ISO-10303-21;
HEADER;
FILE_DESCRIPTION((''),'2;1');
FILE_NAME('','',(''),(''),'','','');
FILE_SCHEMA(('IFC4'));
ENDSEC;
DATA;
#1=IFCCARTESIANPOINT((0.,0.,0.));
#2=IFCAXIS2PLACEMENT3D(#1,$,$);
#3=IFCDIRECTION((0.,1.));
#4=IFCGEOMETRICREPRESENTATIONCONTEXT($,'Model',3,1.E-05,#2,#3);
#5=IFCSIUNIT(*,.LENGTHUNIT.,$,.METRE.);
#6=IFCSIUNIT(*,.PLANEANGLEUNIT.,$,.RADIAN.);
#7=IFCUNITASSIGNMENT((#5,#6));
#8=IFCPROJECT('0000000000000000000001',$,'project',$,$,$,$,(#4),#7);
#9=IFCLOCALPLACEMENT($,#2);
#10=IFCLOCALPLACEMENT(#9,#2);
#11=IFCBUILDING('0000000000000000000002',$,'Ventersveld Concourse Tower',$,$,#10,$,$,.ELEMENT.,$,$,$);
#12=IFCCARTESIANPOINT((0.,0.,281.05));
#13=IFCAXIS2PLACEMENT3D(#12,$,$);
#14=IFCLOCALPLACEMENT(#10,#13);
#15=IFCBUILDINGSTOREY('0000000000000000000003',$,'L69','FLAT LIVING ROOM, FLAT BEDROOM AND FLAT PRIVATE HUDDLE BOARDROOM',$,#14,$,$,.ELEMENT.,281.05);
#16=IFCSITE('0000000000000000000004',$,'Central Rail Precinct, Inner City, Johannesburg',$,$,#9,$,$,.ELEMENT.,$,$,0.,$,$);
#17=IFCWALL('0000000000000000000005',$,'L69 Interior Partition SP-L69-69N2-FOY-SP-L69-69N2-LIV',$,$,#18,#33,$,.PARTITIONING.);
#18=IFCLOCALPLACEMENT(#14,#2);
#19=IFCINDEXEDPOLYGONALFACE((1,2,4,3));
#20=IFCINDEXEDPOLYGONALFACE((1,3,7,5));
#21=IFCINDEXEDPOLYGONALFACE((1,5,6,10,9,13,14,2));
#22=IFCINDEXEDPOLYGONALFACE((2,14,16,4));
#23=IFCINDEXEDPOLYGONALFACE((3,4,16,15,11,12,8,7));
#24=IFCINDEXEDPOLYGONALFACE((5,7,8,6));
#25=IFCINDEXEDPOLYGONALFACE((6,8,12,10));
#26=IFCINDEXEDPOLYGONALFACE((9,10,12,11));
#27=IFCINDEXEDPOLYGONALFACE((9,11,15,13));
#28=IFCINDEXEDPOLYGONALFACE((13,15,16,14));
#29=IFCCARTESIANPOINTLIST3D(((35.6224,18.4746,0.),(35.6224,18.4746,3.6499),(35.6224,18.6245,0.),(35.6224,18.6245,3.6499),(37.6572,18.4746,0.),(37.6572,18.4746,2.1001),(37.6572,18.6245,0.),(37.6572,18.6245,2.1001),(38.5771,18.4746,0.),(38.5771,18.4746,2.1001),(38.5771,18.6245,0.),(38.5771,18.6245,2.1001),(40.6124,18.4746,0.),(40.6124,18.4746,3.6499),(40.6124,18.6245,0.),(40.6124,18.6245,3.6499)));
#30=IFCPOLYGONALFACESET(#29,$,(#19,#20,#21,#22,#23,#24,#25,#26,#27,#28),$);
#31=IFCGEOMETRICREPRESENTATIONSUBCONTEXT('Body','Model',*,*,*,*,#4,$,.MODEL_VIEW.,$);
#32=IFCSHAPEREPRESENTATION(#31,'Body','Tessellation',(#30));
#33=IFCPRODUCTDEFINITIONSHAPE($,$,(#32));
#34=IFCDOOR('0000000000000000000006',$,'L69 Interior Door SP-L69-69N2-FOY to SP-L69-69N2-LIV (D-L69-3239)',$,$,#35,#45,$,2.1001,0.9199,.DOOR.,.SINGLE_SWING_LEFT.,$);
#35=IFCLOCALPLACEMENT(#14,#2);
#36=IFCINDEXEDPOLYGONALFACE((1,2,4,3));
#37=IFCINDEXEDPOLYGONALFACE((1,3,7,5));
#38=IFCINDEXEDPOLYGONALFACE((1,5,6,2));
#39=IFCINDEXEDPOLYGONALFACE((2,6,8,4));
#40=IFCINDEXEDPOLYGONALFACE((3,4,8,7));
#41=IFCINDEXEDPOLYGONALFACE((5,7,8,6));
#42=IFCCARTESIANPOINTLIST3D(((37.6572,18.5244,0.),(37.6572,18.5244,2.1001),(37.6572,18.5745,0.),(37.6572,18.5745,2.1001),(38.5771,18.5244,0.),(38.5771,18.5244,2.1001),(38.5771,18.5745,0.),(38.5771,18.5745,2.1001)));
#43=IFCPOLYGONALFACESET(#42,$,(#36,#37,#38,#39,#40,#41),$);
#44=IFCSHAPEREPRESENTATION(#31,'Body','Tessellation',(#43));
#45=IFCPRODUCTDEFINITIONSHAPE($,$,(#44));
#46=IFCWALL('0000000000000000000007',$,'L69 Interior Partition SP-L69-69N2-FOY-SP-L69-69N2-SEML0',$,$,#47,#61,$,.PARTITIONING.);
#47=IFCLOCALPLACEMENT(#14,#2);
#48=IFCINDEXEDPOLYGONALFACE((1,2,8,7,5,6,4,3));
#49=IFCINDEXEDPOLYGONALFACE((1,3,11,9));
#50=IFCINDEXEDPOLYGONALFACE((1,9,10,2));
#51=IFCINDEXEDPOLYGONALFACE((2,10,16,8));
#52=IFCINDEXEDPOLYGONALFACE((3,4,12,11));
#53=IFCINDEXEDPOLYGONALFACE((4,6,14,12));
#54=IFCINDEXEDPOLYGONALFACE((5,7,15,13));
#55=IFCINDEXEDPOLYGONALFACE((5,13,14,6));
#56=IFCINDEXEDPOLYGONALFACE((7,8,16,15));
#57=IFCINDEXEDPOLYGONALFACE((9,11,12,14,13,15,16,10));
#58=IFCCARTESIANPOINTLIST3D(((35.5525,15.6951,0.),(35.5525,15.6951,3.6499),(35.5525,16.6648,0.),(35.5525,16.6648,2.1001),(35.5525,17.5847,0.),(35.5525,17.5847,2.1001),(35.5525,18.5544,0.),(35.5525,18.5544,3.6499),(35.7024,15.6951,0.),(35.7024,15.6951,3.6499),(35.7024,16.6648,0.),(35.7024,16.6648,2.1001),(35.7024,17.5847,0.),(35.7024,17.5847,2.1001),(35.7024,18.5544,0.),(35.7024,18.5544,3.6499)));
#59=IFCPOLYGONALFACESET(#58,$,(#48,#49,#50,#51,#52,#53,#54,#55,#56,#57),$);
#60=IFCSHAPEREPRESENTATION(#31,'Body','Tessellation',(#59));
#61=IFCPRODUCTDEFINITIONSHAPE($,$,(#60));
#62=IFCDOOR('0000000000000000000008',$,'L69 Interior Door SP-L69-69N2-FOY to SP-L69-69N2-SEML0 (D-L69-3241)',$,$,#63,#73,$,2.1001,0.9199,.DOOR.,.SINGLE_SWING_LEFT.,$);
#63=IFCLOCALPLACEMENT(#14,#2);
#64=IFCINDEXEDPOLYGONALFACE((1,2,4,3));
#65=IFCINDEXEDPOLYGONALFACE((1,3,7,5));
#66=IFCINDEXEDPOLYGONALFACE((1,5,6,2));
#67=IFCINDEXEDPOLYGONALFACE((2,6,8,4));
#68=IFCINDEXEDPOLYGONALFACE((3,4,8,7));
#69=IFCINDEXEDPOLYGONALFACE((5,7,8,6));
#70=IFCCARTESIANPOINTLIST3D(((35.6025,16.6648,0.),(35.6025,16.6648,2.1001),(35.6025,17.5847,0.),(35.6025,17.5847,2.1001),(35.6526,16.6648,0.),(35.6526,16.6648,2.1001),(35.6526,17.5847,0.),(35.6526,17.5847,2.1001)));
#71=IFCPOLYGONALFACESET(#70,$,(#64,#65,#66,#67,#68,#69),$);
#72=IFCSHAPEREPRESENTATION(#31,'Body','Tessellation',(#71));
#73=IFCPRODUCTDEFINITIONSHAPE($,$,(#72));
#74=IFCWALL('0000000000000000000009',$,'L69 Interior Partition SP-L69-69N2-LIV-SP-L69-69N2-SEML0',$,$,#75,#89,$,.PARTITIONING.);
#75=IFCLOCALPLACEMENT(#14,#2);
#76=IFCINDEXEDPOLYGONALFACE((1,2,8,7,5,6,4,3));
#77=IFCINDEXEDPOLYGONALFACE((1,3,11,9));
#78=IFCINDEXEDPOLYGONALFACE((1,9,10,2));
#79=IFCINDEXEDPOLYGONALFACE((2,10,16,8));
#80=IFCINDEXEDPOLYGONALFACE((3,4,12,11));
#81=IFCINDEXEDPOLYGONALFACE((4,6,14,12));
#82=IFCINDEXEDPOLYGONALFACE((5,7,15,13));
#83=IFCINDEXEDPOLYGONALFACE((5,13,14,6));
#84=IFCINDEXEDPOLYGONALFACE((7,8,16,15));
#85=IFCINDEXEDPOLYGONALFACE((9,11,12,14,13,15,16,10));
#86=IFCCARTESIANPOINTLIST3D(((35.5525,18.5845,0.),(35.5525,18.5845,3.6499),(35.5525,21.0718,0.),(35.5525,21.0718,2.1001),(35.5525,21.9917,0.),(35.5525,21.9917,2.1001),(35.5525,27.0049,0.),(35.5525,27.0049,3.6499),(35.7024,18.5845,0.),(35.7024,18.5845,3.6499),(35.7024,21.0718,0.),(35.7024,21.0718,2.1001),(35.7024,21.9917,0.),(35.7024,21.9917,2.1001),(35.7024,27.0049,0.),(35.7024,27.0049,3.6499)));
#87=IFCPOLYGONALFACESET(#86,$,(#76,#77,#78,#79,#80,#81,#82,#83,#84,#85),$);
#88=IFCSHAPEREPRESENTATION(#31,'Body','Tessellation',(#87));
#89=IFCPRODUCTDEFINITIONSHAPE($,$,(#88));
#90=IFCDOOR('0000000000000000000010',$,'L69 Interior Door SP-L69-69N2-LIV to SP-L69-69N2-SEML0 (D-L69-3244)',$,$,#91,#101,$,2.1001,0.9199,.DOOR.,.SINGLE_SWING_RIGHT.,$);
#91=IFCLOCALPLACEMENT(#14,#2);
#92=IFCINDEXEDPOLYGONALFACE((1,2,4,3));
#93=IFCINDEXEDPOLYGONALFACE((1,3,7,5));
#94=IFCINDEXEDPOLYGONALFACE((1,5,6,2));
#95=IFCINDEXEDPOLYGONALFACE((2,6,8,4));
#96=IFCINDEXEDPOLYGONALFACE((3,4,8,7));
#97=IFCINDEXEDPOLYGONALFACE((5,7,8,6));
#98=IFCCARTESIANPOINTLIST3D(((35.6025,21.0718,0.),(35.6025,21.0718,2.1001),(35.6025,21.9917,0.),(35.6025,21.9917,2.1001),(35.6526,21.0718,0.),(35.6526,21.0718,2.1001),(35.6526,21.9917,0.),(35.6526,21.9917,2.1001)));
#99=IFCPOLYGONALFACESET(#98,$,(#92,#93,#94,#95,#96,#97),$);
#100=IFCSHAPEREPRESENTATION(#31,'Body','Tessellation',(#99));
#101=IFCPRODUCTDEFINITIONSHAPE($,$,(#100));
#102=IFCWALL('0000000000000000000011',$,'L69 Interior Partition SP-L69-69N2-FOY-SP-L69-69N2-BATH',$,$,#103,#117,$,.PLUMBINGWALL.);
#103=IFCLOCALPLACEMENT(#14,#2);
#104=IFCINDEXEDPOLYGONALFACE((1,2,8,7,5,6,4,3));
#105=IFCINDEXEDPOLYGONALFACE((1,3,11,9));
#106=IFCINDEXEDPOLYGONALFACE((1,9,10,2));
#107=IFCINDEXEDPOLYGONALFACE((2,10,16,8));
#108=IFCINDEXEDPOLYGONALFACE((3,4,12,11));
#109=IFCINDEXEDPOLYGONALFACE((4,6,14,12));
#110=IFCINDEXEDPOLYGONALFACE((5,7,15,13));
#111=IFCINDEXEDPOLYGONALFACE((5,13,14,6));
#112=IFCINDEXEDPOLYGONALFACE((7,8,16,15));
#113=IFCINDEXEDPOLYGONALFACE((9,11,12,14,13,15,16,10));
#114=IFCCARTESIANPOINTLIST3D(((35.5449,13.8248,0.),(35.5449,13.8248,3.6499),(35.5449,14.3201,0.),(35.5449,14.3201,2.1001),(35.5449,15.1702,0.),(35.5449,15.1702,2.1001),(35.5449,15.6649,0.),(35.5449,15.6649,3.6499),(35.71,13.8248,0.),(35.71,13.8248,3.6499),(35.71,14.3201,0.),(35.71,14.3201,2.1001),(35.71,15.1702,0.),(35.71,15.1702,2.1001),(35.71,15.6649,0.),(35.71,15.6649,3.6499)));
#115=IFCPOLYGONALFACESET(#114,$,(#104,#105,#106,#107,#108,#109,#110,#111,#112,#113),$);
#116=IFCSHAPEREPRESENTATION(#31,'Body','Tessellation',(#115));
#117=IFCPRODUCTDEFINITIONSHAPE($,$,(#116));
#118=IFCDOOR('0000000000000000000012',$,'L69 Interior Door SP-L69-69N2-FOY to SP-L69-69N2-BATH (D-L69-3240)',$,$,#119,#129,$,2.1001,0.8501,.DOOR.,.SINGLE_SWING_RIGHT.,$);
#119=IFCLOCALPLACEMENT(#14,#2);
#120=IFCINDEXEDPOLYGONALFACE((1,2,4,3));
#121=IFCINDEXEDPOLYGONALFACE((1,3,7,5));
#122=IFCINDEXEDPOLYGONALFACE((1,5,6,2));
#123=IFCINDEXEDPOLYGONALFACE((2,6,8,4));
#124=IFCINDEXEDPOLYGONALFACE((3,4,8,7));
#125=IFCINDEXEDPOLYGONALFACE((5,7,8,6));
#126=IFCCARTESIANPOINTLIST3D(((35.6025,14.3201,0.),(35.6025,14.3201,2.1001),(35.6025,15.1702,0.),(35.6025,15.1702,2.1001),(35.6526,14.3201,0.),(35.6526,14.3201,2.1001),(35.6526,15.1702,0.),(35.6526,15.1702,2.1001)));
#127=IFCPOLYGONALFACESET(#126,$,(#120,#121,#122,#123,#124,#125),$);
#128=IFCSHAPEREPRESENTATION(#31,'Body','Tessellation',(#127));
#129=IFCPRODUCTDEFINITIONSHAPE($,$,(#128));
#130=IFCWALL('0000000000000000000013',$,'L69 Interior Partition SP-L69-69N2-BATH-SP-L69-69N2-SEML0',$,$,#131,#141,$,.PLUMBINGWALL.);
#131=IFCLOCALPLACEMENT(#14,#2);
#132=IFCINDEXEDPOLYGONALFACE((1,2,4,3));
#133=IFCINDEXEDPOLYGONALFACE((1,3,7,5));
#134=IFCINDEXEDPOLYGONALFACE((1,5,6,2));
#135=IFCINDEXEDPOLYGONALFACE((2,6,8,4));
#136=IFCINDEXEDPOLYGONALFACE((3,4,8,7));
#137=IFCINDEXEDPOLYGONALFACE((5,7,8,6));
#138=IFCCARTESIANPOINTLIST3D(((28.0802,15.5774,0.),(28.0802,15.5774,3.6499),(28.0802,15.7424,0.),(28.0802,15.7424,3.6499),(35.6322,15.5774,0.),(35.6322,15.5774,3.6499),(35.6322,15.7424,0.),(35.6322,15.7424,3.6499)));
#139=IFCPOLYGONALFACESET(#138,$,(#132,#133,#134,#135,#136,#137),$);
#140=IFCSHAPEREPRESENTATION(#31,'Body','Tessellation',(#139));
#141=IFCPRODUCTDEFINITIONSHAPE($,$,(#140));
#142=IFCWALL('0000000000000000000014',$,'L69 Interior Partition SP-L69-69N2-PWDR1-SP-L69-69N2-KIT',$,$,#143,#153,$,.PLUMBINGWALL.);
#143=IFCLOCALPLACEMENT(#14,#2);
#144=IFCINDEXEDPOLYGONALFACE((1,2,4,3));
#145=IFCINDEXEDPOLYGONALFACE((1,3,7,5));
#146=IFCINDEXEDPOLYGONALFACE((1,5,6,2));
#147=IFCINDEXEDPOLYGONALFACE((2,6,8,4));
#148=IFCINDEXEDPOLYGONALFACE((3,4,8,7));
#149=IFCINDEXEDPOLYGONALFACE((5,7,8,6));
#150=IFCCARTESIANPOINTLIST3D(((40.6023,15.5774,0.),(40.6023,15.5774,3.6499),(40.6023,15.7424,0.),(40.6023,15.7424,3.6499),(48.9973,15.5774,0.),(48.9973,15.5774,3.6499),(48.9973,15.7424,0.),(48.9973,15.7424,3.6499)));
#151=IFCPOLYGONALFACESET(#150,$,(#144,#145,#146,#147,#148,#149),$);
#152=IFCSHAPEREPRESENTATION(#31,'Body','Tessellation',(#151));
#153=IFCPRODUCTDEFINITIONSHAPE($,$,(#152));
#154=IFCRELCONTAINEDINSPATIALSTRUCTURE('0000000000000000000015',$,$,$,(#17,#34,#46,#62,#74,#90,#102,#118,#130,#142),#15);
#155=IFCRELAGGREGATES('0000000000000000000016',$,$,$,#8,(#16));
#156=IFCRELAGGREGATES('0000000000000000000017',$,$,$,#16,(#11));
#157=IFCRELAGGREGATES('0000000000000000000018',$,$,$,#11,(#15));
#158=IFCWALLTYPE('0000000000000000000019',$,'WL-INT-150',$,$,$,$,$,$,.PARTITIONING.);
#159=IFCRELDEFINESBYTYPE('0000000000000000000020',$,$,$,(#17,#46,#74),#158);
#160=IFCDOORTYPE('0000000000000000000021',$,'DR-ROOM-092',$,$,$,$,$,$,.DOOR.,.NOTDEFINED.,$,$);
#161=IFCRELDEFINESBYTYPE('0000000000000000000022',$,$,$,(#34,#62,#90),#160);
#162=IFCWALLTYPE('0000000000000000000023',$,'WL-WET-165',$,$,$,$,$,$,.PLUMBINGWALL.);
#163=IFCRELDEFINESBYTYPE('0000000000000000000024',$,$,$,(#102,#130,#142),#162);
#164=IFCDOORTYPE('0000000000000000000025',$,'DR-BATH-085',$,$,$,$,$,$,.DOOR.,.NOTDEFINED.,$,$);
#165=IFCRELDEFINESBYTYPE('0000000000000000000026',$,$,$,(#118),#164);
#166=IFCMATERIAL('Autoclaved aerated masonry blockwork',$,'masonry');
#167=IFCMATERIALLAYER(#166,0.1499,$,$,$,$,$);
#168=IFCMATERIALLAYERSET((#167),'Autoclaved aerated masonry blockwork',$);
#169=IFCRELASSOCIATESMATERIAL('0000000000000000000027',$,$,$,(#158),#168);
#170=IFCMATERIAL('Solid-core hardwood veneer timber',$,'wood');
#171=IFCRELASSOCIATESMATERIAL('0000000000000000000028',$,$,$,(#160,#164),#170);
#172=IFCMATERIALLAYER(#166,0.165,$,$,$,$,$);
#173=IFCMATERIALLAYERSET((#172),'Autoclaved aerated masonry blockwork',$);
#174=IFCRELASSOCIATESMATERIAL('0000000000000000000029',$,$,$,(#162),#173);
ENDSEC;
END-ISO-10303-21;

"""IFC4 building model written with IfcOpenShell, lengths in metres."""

from ifc_helpers import new_model, si_unit, direction, frame, frame_2d, origin, place, context, subcontext, project, spatial, rectangle, extrude, material, layer, layer_set, type_object, element, fill, save


model = new_model("IFC4")

# Units and contexts
model_context = context("Model", 3, precision=1e-05, world=origin(), true_north=direction((0.0, 1.0)))
body_context = subcontext(model_context, "Body", "Model", "MODEL_VIEW")
ifc_project = project(units=[si_unit("LENGTHUNIT", "METRE"), si_unit("PLANEANGLEUNIT", "RADIAN")], contexts=[model_context])

# Site, building, storey
site_placement = place(None, origin())
site = spatial("IfcSite", under=ifc_project, at=site_placement, Name="Central Rail Precinct, Inner City, Johannesburg", CompositionType="ELEMENT", RefElevation=0.0)
building_placement = place(site_placement, origin())
building = spatial("IfcBuilding", under=site, at=building_placement, Name="Ventersveld Concourse Tower", CompositionType="ELEMENT")
storey_placement = place(building_placement, frame((0.0, 0.0, 281.05)))
storey = spatial("IfcBuildingStorey", under=building, at=storey_placement, Name="L69", Description="FLAT LIVING ROOM, FLAT BEDROOM AND FLAT PRIVATE HUDDLE BOARDROOM", CompositionType="ELEMENT", Elevation=281.05)

# Shared definitions
ifc_material_1 = material(Name="Solid-core hardwood veneer timber", Category="wood")

# Walls, openings, doors
ifc_material_2 = material(Name="Autoclaved aerated masonry blockwork", Category="masonry")
ifc_layer_1 = layer(ifc_material_2, 0.1499)
ifc_layer_set_1 = layer_set([ifc_layer_1], Name="Autoclaved aerated masonry blockwork")
wall_type_1 = type_object("IfcWallType", Name="WL-INT-150", PredefinedType="PARTITIONING", material=ifc_layer_set_1)
wall_1_placement = place(storey_placement, frame((35.6223, 18.5496, 0.0), z_axis=(0.0, 0.0, 1.0), x_axis=(1.0, 0.0, 0.0)))
wall_1 = element("IfcWall", 1, at=wall_1_placement, inside=storey, type_object=wall_type_1, Name="L69 Interior Partition SP-L69-69N2-FOY-SP-L69-69N2-LIV", PredefinedType="PARTITIONING", context=body_context, shape_type="SweptSolid", body=[
    extrude(rectangle(XDim=4.99, YDim=0.1499, at=frame_2d((2.4951, 0.0))), origin(), (0.0, 0.0, 1.0), 3.6499),
])
opening_1_placement = place(wall_1_placement, frame((2.0349, 0.0, 0.0)))
opening_1 = element("IfcOpeningElement", 2, at=opening_1_placement, cuts=wall_1, PredefinedType="OPENING", context=body_context, shape_type="SweptSolid", body=[
    extrude(rectangle(XDim=0.9199, YDim=2.1001, at=frame_2d((0.46, 1.05))), frame((0.0, 0.085, 0.0), z_axis=(0.0, -1.0, 0.0), x_axis=(1.0, 0.0, 0.0)), (0.0, 0.0, 1.0), 0.1699),
])
door_type_1 = type_object("IfcDoorType", Name="DR-ROOM-092", OperationType="NOTDEFINED", PredefinedType="DOOR", material=ifc_material_1)
door_1_placement = place(opening_1_placement, origin())
door_1 = element("IfcDoor", 3, at=door_1_placement, inside=storey, type_object=door_type_1, Name="L69 Interior Door SP-L69-69N2-FOY to SP-L69-69N2-LIV (D-L69-3239)", OperationType="SINGLE_SWING_LEFT", OverallHeight=2.1001, OverallWidth=0.9199, PredefinedType="DOOR", context=body_context, shape_type="SweptSolid", body=[
    extrude(rectangle(XDim=0.9199, YDim=2.1001, at=frame_2d((0.46, 1.05))), frame((0.0, 0.0249, 0.0), z_axis=(0.0, -1.0, 0.0), x_axis=(1.0, 0.0, 0.0)), (0.0, 0.0, 1.0), 0.05),
])
fill(opening_1, door_1)
wall_2_placement = place(storey_placement, frame((35.6274, 15.6951, 0.0), z_axis=(0.0, 0.0, 1.0), x_axis=(0.0, 1.0, 0.0)))
wall_2 = element("IfcWall", 4, at=wall_2_placement, inside=storey, type_object=wall_type_1, Name="L69 Interior Partition SP-L69-69N2-FOY-SP-L69-69N2-SEML0", PredefinedType="PARTITIONING", context=body_context, shape_type="SweptSolid", body=[
    extrude(rectangle(XDim=2.8594, YDim=0.1499, at=frame_2d((1.4297, 0.0))), origin(), (0.0, 0.0, 1.0), 3.6499),
])
opening_2_placement = place(wall_2_placement, frame((0.9697, 0.0, 0.0)))
opening_2 = element("IfcOpeningElement", 5, at=opening_2_placement, cuts=wall_2, PredefinedType="OPENING", context=body_context, shape_type="SweptSolid", body=[
    extrude(rectangle(XDim=0.9199, YDim=2.1001, at=frame_2d((0.46, 1.05))), frame((0.0, 0.085, 0.0), z_axis=(0.0, -1.0, 0.0), x_axis=(1.0, 0.0, 0.0)), (0.0, 0.0, 1.0), 0.1699),
])
door_2_placement = place(opening_2_placement, origin())
door_2 = element("IfcDoor", 6, at=door_2_placement, inside=storey, type_object=door_type_1, Name="L69 Interior Door SP-L69-69N2-FOY to SP-L69-69N2-SEML0 (D-L69-3241)", OperationType="SINGLE_SWING_LEFT", OverallHeight=2.1001, OverallWidth=0.9199, PredefinedType="DOOR", context=body_context, shape_type="SweptSolid", body=[
    extrude(rectangle(XDim=0.9199, YDim=2.1001, at=frame_2d((0.46, 1.05))), frame((0.0, 0.0249, 0.0), z_axis=(0.0, -1.0, 0.0), x_axis=(1.0, 0.0, 0.0)), (0.0, 0.0, 1.0), 0.05),
])
fill(opening_2, door_2)
wall_3_placement = place(storey_placement, frame((35.6274, 18.5845, 0.0), z_axis=(0.0, 0.0, 1.0), x_axis=(0.0, 1.0, 0.0)))
wall_3 = element("IfcWall", 7, at=wall_3_placement, inside=storey, type_object=wall_type_1, Name="L69 Interior Partition SP-L69-69N2-LIV-SP-L69-69N2-SEML0", PredefinedType="PARTITIONING", context=body_context, shape_type="SweptSolid", body=[
    extrude(rectangle(XDim=8.4204, YDim=0.1499, at=frame_2d((4.2102, 0.0))), origin(), (0.0, 0.0, 1.0), 3.6499),
])
opening_3_placement = place(wall_3_placement, frame((2.4873, 0.0, 0.0)))
opening_3 = element("IfcOpeningElement", 8, at=opening_3_placement, cuts=wall_3, PredefinedType="OPENING", context=body_context, shape_type="SweptSolid", body=[
    extrude(rectangle(XDim=0.9199, YDim=2.1001, at=frame_2d((0.46, 1.05))), frame((0.0, 0.085, 0.0), z_axis=(0.0, -1.0, 0.0), x_axis=(1.0, 0.0, 0.0)), (0.0, 0.0, 1.0), 0.1699),
])
door_3_placement = place(opening_3_placement, origin())
door_3 = element("IfcDoor", 9, at=door_3_placement, inside=storey, type_object=door_type_1, Name="L69 Interior Door SP-L69-69N2-LIV to SP-L69-69N2-SEML0 (D-L69-3244)", OperationType="SINGLE_SWING_RIGHT", OverallHeight=2.1001, OverallWidth=0.9199, PredefinedType="DOOR", context=body_context, shape_type="SweptSolid", body=[
    extrude(rectangle(XDim=0.9199, YDim=2.1001, at=frame_2d((0.46, 1.05))), frame((0.0, 0.0249, 0.0), z_axis=(0.0, -1.0, 0.0), x_axis=(1.0, 0.0, 0.0)), (0.0, 0.0, 1.0), 0.05),
])
fill(opening_3, door_3)
ifc_layer_2 = layer(ifc_material_2, 0.165)
ifc_layer_set_2 = layer_set([ifc_layer_2], Name="Autoclaved aerated masonry blockwork")
wall_type_2 = type_object("IfcWallType", Name="WL-WET-165", PredefinedType="PLUMBINGWALL", material=ifc_layer_set_2)
wall_4_placement = place(storey_placement, frame((35.6274, 13.825, 0.0), z_axis=(0.0, 0.0, 1.0), x_axis=(0.0, 1.0, 0.0)))
wall_4 = element("IfcWall", 10, at=wall_4_placement, inside=storey, type_object=wall_type_2, Name="L69 Interior Partition SP-L69-69N2-FOY-SP-L69-69N2-BATH", PredefinedType="PLUMBINGWALL", context=body_context, shape_type="SweptSolid", body=[
    extrude(rectangle(XDim=1.8401, YDim=0.165, at=frame_2d((0.9199, 0.0))), origin(), (0.0, 0.0, 1.0), 3.6499),
])
opening_4_placement = place(wall_4_placement, frame((0.4951, 0.0, 0.0)))
opening_4 = element("IfcOpeningElement", 11, at=opening_4_placement, cuts=wall_4, PredefinedType="OPENING", context=body_context, shape_type="SweptSolid", body=[
    extrude(rectangle(XDim=0.8501, YDim=2.1001, at=frame_2d((0.425, 1.05))), frame((0.0, 0.0925, 0.0), z_axis=(0.0, -1.0, 0.0), x_axis=(1.0, 0.0, 0.0)), (0.0, 0.0, 1.0), 0.1851),
])
door_type_2 = type_object("IfcDoorType", Name="DR-BATH-085", OperationType="NOTDEFINED", PredefinedType="DOOR", material=ifc_material_1)
door_4_placement = place(opening_4_placement, origin())
door_4 = element("IfcDoor", 12, at=door_4_placement, inside=storey, type_object=door_type_2, Name="L69 Interior Door SP-L69-69N2-FOY to SP-L69-69N2-BATH (D-L69-3240)", OperationType="SINGLE_SWING_RIGHT", OverallHeight=2.1001, OverallWidth=0.8501, PredefinedType="DOOR", context=body_context, shape_type="SweptSolid", body=[
    extrude(rectangle(XDim=0.8501, YDim=2.1001, at=frame_2d((0.425, 1.05))), frame((0.0, 0.0249, 0.0), z_axis=(0.0, -1.0, 0.0), x_axis=(1.0, 0.0, 0.0)), (0.0, 0.0, 1.0), 0.05),
])
fill(opening_4, door_4)

# Walls
wall_5_placement = place(storey_placement, frame((28.0803, 15.6599, 0.0), z_axis=(0.0, 0.0, 1.0), x_axis=(1.0, 0.0, 0.0)))
element("IfcWall", 13, at=wall_5_placement, inside=storey, type_object=wall_type_2, Name="L69 Interior Partition SP-L69-69N2-BATH-SP-L69-69N2-SEML0", PredefinedType="PLUMBINGWALL", context=body_context, shape_type="SweptSolid", body=[
    extrude(rectangle(XDim=7.552, YDim=0.165, at=frame_2d((3.7759, 0.0))), origin(), (0.0, 0.0, 1.0), 3.6499),
])
wall_6_placement = place(storey_placement, frame((40.6023, 15.6599, 0.0), z_axis=(0.0, 0.0, 1.0), x_axis=(1.0, 0.0, 0.0)))
element("IfcWall", 14, at=wall_6_placement, inside=storey, type_object=wall_type_2, Name="L69 Interior Partition SP-L69-69N2-PWDR1-SP-L69-69N2-KIT", PredefinedType="PLUMBINGWALL", context=body_context, shape_type="SweptSolid", body=[
    extrude(rectangle(XDim=8.395, YDim=0.165, at=frame_2d((4.1975, 0.0))), origin(), (0.0, 0.0, 1.0), 3.6499),
])

save(model, "model.ifc")
